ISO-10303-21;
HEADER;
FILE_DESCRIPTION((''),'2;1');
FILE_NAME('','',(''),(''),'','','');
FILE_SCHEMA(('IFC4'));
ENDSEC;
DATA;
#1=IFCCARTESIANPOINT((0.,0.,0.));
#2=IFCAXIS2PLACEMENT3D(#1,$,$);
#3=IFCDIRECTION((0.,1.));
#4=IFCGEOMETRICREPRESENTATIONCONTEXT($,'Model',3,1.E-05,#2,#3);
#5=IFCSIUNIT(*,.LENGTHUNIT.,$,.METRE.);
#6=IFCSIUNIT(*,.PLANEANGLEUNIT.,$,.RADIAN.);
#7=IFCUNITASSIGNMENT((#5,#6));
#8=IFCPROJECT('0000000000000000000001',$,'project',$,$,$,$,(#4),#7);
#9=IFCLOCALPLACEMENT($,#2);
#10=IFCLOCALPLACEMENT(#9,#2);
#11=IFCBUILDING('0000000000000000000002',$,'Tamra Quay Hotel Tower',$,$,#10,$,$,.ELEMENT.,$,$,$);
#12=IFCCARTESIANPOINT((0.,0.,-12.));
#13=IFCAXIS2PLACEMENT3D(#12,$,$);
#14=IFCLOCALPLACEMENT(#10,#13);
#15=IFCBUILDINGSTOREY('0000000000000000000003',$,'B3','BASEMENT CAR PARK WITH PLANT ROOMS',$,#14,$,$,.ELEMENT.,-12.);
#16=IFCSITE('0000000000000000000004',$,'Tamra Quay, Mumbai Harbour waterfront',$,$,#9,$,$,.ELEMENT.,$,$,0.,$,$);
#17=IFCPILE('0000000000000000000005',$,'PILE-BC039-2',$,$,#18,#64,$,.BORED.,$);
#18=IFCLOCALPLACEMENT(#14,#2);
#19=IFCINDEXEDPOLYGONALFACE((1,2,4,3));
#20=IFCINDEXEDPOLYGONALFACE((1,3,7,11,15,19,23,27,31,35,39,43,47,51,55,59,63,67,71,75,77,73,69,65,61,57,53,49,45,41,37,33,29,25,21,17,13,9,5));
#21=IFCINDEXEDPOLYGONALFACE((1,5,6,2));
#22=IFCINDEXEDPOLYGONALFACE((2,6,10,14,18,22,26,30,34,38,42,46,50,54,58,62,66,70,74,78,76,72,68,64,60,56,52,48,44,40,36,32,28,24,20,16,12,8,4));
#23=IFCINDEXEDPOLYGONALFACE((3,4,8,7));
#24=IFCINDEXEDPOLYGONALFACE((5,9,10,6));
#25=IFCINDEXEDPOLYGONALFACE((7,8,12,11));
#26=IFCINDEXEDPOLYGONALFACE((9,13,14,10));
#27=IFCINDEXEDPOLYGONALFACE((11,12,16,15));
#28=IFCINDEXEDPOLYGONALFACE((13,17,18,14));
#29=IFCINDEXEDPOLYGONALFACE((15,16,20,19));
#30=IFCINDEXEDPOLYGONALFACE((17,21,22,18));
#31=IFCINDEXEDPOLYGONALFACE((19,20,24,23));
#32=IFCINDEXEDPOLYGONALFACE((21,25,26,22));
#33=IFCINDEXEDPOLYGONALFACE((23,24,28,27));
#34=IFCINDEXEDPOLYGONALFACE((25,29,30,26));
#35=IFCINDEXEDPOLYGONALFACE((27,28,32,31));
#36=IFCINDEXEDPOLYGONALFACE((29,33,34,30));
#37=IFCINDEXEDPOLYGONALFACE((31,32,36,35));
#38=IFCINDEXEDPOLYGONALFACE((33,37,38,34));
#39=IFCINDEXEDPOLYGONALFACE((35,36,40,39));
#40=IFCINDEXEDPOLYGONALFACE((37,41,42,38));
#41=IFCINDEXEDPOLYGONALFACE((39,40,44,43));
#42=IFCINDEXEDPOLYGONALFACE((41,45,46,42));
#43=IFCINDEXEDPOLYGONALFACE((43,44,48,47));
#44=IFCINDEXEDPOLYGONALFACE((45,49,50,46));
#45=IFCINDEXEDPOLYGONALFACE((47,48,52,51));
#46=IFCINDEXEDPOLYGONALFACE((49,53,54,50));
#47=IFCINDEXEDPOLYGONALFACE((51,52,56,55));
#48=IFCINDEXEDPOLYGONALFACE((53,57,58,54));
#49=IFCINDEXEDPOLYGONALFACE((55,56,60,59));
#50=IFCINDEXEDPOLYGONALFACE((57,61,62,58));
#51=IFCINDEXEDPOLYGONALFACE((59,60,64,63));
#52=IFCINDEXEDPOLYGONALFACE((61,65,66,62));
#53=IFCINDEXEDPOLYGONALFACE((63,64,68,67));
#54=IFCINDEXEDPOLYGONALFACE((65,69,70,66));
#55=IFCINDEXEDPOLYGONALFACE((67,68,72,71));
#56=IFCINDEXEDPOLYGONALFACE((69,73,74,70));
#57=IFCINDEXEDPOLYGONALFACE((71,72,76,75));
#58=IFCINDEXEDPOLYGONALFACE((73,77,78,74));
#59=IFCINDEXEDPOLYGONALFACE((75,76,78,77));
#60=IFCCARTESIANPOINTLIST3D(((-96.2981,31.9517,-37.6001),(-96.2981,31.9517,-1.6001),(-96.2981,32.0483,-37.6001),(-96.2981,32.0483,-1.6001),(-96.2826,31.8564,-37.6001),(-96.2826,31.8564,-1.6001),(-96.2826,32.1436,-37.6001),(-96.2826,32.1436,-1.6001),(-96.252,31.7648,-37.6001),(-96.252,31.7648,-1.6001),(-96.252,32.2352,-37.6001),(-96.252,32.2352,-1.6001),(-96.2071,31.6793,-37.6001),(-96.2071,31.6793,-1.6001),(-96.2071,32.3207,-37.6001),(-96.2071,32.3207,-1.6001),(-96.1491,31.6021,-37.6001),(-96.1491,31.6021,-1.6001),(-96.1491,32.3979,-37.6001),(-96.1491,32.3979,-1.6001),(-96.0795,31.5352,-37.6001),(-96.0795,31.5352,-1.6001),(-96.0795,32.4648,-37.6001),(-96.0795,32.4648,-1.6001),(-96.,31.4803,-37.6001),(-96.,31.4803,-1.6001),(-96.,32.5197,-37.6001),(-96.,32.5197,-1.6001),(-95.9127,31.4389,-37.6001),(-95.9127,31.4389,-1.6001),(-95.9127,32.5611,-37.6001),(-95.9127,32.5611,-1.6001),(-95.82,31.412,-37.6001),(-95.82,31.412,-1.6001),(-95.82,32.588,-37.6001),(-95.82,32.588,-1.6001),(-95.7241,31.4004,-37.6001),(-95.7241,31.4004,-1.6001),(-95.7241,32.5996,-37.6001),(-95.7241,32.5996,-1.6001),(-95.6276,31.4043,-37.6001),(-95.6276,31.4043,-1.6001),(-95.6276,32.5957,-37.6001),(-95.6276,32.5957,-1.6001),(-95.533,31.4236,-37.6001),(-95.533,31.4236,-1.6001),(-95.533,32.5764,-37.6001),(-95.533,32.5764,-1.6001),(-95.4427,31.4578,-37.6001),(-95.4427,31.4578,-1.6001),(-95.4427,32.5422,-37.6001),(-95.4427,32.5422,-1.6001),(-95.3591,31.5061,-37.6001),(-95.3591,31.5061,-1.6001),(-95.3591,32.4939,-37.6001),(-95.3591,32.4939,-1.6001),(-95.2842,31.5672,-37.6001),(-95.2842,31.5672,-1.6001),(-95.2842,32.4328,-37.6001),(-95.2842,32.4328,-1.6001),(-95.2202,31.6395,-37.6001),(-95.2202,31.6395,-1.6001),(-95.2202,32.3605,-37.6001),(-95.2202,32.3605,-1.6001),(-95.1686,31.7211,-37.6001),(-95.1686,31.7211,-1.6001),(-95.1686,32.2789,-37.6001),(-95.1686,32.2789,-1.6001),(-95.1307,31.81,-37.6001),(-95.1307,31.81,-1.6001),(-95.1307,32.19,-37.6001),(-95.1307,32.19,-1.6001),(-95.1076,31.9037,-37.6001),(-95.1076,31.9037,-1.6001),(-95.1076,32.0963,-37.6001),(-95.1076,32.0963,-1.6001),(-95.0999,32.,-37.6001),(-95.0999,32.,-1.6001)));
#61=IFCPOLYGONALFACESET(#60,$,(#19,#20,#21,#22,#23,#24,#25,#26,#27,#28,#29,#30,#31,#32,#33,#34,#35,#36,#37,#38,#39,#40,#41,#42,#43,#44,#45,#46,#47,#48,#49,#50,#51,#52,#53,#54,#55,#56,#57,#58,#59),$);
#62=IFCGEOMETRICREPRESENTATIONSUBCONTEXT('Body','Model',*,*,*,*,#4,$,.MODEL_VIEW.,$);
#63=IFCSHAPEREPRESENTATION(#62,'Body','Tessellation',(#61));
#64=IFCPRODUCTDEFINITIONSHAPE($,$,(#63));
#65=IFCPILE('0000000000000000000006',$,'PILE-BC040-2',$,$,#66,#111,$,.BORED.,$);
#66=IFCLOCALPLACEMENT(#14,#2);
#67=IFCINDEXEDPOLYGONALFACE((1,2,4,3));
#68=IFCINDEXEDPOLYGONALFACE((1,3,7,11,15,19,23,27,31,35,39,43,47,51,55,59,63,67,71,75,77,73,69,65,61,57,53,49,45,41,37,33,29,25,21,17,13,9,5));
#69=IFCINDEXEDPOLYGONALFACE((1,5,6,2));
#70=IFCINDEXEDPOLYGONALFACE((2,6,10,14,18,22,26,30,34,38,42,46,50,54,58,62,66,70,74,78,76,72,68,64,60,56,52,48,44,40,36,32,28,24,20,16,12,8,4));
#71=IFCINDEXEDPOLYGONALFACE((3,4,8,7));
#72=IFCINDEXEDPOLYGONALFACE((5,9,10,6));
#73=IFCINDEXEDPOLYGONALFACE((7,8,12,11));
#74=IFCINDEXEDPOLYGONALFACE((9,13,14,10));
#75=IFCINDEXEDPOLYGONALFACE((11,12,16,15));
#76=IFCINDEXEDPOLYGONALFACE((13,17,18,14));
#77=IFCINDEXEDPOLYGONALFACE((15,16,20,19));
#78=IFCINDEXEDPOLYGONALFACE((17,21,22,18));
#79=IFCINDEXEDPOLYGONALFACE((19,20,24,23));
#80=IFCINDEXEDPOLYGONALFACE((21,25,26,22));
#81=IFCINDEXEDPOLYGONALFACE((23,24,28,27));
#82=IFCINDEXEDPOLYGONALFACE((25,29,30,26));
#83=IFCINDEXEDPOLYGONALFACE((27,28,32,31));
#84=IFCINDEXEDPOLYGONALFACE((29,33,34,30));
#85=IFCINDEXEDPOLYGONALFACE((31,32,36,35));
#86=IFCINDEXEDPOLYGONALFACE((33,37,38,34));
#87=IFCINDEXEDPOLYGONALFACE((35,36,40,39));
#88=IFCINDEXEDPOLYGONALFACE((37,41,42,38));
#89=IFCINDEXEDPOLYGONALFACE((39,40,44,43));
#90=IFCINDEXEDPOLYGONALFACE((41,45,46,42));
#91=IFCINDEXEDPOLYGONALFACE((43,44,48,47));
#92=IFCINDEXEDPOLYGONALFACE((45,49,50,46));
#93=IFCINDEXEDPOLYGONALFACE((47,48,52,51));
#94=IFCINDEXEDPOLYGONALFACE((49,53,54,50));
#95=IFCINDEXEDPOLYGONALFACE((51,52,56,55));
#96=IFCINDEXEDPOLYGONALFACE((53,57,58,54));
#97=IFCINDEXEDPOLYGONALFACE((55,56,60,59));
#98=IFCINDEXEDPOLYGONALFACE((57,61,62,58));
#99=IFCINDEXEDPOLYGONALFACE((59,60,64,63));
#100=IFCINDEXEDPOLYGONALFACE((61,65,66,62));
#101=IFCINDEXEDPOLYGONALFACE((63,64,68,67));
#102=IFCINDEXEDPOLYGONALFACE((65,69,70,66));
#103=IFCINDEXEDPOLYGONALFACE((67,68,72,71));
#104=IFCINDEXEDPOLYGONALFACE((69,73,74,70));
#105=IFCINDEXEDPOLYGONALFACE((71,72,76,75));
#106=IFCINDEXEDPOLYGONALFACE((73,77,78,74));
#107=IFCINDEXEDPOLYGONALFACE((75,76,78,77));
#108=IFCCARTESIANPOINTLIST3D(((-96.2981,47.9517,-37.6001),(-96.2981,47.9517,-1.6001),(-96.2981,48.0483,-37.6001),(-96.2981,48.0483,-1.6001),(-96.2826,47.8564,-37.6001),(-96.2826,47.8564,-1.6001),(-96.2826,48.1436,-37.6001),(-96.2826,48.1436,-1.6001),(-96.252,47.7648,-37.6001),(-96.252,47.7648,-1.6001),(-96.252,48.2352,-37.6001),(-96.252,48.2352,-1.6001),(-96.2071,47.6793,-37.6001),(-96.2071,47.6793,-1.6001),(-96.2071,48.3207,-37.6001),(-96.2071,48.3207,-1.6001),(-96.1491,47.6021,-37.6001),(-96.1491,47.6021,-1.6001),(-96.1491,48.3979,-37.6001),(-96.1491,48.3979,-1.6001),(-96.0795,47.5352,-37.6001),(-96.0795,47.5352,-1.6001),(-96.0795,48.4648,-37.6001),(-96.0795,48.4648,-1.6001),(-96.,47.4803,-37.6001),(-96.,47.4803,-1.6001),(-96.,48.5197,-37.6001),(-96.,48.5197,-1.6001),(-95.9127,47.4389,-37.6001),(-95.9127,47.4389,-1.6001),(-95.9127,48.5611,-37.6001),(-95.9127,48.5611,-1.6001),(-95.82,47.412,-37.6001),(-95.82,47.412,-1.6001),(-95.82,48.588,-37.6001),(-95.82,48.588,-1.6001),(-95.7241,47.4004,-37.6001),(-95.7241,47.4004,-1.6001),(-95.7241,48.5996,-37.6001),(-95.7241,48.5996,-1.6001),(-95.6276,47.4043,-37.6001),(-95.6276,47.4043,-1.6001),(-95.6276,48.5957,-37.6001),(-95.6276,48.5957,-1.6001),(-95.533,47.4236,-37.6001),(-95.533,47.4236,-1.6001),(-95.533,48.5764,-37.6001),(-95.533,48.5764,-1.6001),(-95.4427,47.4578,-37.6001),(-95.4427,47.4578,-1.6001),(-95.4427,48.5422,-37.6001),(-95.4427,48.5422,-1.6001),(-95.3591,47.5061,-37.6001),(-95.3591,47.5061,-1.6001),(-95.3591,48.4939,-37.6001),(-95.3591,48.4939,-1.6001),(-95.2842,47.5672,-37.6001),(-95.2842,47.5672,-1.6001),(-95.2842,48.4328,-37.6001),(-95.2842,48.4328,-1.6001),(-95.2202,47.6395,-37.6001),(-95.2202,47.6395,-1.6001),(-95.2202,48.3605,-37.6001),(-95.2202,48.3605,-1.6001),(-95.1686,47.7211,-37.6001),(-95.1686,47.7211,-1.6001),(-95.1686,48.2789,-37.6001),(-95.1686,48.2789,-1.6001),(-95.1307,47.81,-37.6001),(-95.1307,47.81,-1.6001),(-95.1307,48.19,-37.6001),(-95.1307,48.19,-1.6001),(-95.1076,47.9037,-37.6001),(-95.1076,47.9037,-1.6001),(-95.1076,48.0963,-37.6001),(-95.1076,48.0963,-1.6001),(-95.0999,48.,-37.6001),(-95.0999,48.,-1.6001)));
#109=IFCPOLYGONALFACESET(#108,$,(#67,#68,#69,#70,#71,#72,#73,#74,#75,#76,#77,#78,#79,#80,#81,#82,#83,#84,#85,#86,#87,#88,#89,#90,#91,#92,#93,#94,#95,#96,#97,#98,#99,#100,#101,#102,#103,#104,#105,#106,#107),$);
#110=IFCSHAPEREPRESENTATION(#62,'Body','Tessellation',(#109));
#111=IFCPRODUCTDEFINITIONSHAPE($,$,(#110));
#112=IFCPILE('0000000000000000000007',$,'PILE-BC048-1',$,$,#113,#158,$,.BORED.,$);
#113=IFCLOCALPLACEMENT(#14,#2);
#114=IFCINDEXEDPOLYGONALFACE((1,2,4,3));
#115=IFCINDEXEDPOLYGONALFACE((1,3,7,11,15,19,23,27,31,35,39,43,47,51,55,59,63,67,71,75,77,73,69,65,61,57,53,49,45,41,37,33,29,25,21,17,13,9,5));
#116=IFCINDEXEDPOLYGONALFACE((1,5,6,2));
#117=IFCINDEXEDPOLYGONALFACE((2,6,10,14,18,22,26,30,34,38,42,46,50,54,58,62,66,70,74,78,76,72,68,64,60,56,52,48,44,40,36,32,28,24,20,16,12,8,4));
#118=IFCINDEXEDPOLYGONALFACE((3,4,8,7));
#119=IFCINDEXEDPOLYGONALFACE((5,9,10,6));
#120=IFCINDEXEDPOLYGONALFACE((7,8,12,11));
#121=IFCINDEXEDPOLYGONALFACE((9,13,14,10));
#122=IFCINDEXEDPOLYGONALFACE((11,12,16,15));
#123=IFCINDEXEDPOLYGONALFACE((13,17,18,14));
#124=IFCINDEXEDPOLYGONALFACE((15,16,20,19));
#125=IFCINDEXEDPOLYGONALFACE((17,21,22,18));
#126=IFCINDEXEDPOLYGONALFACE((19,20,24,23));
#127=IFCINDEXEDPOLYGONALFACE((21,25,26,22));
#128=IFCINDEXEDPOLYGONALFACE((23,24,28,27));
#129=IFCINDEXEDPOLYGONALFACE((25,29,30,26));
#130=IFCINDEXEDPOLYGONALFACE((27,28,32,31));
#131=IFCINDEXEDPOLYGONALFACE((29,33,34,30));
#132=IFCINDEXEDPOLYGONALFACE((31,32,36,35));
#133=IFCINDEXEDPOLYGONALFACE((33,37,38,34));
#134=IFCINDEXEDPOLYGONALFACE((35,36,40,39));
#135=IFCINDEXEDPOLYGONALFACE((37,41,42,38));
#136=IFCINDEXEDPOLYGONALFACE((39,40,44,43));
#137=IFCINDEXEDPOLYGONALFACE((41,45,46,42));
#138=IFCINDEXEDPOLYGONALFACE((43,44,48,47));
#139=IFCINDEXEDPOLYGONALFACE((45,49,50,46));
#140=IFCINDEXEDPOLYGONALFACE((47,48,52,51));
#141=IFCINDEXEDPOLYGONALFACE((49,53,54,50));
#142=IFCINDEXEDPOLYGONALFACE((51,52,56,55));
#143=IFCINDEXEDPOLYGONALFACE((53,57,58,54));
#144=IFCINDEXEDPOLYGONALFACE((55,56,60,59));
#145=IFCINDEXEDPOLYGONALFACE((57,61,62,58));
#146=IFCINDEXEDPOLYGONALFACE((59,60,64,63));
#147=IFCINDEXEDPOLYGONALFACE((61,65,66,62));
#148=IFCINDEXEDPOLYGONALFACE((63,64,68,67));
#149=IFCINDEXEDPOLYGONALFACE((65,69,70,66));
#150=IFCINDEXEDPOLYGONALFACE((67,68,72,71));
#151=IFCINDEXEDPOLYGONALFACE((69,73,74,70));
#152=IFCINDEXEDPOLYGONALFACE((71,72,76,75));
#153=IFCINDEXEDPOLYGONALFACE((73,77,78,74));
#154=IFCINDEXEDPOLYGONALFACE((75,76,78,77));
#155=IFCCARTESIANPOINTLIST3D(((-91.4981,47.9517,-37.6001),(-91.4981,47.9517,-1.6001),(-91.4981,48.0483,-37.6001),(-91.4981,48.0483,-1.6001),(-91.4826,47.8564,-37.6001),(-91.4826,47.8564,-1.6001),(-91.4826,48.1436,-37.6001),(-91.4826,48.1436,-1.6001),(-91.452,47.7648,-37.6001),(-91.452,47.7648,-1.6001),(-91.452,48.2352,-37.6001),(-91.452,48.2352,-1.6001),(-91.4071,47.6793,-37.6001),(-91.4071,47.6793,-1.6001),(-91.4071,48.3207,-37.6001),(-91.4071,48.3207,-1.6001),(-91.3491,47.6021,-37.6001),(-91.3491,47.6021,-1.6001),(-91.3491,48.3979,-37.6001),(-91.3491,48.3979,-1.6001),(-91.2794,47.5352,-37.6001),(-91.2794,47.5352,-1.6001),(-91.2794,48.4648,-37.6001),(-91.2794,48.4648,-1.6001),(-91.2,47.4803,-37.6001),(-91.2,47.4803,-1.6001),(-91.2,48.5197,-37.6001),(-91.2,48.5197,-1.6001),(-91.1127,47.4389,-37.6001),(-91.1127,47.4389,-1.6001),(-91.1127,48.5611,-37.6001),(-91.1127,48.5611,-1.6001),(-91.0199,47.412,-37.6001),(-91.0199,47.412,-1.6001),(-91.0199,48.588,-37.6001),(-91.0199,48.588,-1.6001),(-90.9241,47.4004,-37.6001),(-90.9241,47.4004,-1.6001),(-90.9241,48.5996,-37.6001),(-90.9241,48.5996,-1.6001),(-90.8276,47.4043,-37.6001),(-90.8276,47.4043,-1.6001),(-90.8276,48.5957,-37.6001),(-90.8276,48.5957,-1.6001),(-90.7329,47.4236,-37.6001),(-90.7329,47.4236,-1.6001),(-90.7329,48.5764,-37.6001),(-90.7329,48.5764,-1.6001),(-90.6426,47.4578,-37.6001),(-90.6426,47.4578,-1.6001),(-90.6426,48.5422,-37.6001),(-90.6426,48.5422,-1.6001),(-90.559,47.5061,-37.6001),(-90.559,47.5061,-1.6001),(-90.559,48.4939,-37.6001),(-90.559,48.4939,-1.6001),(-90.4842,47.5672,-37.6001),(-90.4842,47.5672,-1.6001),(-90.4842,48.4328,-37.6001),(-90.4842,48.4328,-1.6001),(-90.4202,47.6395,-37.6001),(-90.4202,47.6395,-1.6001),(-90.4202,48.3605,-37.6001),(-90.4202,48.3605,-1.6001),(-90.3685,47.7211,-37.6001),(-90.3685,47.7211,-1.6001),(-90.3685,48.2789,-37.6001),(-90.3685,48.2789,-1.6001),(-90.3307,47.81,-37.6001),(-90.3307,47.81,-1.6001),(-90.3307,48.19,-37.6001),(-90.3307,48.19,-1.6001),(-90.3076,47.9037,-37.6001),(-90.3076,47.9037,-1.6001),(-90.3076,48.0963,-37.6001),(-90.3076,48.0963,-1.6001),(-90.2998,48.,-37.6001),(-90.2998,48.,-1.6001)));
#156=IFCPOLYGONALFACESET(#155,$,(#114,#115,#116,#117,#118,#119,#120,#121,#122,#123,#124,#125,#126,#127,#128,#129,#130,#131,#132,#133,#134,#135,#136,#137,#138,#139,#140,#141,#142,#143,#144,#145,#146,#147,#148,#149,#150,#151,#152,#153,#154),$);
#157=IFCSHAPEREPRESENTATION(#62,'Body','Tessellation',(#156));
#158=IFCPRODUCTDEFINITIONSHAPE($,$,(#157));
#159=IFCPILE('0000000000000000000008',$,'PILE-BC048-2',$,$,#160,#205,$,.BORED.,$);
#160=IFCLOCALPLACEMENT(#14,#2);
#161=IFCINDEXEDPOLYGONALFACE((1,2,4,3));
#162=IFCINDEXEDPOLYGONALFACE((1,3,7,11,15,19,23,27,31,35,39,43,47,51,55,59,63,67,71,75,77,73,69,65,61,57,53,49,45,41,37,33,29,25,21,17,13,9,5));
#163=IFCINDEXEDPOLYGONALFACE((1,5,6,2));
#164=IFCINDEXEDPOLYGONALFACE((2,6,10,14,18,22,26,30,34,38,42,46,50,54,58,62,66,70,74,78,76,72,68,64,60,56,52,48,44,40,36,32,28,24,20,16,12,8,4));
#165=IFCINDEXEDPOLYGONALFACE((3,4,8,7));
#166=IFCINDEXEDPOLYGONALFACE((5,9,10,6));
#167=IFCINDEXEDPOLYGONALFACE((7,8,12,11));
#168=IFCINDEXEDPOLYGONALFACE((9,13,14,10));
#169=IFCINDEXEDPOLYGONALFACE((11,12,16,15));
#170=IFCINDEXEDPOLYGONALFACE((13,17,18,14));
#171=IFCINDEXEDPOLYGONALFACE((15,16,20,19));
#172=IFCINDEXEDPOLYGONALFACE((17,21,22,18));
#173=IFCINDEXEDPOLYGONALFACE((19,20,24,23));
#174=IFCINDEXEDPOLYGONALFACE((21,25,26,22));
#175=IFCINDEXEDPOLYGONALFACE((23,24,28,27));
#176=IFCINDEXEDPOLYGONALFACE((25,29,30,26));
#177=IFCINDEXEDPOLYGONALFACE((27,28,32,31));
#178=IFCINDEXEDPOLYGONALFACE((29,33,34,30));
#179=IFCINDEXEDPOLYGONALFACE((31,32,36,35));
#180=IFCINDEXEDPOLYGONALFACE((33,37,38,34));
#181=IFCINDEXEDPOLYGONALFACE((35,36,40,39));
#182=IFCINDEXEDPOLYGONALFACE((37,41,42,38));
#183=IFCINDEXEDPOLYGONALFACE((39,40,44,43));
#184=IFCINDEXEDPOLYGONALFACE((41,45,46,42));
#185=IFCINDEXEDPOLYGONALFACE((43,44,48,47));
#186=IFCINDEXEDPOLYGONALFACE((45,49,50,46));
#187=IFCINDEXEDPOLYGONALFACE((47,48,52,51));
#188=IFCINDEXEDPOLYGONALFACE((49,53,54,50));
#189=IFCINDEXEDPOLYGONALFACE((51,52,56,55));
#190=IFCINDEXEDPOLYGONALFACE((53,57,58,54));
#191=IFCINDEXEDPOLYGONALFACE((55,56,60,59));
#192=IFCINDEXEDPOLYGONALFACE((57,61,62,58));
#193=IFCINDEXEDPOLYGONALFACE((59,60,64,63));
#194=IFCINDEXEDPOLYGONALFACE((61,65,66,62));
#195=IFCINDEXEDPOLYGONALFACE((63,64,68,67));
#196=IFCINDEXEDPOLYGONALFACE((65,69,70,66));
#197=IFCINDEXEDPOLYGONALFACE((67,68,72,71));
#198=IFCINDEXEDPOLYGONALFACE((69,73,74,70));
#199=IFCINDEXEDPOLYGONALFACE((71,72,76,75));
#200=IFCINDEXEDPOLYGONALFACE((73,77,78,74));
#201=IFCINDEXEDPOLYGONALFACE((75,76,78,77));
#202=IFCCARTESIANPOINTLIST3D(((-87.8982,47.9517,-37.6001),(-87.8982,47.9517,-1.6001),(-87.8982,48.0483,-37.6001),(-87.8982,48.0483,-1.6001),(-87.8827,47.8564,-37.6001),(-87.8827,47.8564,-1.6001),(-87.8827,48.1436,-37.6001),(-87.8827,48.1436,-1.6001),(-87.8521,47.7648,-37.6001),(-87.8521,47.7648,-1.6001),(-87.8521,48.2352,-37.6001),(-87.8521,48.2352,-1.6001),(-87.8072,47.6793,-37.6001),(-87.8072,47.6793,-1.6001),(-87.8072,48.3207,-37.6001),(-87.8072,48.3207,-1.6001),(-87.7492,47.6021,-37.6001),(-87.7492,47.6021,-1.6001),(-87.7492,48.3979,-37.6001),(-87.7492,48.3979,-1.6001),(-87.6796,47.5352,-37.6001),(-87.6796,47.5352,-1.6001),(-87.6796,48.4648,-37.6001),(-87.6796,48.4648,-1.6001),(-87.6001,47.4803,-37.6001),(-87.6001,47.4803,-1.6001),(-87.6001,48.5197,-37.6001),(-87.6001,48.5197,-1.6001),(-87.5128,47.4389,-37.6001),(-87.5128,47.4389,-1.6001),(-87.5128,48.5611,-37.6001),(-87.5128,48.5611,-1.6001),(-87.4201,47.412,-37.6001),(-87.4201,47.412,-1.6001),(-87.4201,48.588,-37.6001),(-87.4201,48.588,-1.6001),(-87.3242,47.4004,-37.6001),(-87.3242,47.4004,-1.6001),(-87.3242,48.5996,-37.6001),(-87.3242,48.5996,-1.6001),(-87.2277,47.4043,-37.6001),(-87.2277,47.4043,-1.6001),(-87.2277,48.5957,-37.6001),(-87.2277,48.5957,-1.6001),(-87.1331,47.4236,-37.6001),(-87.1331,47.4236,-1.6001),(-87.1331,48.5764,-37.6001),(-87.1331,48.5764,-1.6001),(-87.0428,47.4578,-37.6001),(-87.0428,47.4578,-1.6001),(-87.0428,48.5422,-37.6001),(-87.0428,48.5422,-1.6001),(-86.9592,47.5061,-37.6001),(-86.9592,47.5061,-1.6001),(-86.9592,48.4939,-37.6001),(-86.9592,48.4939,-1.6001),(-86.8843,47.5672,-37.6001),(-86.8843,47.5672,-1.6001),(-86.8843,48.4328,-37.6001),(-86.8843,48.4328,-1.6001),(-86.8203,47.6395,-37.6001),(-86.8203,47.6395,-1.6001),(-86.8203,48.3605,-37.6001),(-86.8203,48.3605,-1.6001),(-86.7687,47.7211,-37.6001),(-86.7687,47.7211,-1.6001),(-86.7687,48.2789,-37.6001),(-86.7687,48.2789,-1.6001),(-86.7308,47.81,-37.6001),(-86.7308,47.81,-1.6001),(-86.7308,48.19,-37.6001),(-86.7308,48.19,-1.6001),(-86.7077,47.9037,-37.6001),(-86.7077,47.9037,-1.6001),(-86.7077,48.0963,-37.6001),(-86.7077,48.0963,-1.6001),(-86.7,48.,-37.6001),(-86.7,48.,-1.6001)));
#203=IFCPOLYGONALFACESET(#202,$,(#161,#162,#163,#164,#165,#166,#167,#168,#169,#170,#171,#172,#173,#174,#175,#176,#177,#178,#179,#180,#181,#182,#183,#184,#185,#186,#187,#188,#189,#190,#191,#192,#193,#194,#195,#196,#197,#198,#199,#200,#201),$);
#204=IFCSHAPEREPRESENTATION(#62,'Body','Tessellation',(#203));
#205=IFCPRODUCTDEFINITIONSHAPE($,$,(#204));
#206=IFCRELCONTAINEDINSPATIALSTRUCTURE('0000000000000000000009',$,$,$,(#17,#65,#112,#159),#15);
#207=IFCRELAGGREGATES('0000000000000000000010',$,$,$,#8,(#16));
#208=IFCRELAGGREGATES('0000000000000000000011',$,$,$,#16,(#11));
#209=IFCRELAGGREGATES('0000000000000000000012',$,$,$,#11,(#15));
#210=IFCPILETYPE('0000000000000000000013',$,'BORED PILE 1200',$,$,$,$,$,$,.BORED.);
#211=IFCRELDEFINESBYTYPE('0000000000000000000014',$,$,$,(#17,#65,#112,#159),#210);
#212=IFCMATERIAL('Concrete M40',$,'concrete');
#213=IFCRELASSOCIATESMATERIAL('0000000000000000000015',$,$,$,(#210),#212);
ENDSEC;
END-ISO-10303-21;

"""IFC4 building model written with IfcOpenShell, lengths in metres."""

from ifc_helpers import new_model, si_unit, direction, frame, origin, origin_2d, place, context, subcontext, project, spatial, circle, extrude, material, material_profile, profile_set, type_object, element, save


model = new_model("IFC4")

# Units and contexts
model_context = context("Model", 3, precision=1e-05, world=origin(), true_north=direction((0.0, 1.0)))
body_context = subcontext(model_context, "Body", "Model", "MODEL_VIEW")
ifc_project = project(units=[si_unit("LENGTHUNIT", "METRE"), si_unit("PLANEANGLEUNIT", "RADIAN")], contexts=[model_context])

# Site, building, storey
site_placement = place(None, origin())
site = spatial("IfcSite", under=ifc_project, at=site_placement, Name="Tamra Quay, Mumbai Harbour waterfront", CompositionType="ELEMENT", RefElevation=0.0)
building_placement = place(site_placement, origin())
building = spatial("IfcBuilding", under=site, at=building_placement, Name="Tamra Quay Hotel Tower", CompositionType="ELEMENT")
storey_placement = place(building_placement, frame((0.0, 0.0, -12.0)))
storey = spatial("IfcBuildingStorey", under=building, at=storey_placement, Name="B3", Description="BASEMENT CAR PARK WITH PLANT ROOMS", CompositionType="ELEMENT", Elevation=-12.0)

# Piles
ifc_material_1 = material(Name="Concrete M40", Category="concrete")
ifc_material_profile_1 = material_profile(ifc_material_1, circle(Radius=0.6001, at=origin_2d()), Name="BORED PILE 1200")
ifc_profile_set_1 = profile_set([ifc_material_profile_1], Name="Concrete M40")
pile_type = type_object("IfcPileType", Name="BORED PILE 1200", PredefinedType="BORED", material=ifc_profile_set_1)
for number, where, z_axis, x_axis, name in (
    (1, (-95.7, 32.0, -1.6001), (0.0, 0.0, -1.0), (1.0, 0.0, 0.0), "PILE-BC039-2"),
    (2, (-95.7, 48.0, -1.6001), (0.0, 0.0, -1.0), (1.0, 0.0, 0.0), "PILE-BC040-2"),
    (3, (-90.8999, 48.0, -1.6001), (0.0, 0.0, -1.0), (1.0, 0.0, 0.0), "PILE-BC048-1"),
    (4, (-87.3, 48.0, -1.6001), (0.0, 0.0, -1.0), (1.0, 0.0, 0.0), "PILE-BC048-2"),
):
    element("IfcPile", number, at=place(storey_placement, frame(where, z_axis=z_axis, x_axis=x_axis)), inside=storey, type_object=pile_type, Name=name, PredefinedType="BORED", context=body_context, shape_type="SweptSolid", body=[
        extrude(circle(Radius=0.6001, at=origin_2d()), origin(), (0.0, 0.0, 1.0), 36.0),
    ])

save(model, "model.ifc")
